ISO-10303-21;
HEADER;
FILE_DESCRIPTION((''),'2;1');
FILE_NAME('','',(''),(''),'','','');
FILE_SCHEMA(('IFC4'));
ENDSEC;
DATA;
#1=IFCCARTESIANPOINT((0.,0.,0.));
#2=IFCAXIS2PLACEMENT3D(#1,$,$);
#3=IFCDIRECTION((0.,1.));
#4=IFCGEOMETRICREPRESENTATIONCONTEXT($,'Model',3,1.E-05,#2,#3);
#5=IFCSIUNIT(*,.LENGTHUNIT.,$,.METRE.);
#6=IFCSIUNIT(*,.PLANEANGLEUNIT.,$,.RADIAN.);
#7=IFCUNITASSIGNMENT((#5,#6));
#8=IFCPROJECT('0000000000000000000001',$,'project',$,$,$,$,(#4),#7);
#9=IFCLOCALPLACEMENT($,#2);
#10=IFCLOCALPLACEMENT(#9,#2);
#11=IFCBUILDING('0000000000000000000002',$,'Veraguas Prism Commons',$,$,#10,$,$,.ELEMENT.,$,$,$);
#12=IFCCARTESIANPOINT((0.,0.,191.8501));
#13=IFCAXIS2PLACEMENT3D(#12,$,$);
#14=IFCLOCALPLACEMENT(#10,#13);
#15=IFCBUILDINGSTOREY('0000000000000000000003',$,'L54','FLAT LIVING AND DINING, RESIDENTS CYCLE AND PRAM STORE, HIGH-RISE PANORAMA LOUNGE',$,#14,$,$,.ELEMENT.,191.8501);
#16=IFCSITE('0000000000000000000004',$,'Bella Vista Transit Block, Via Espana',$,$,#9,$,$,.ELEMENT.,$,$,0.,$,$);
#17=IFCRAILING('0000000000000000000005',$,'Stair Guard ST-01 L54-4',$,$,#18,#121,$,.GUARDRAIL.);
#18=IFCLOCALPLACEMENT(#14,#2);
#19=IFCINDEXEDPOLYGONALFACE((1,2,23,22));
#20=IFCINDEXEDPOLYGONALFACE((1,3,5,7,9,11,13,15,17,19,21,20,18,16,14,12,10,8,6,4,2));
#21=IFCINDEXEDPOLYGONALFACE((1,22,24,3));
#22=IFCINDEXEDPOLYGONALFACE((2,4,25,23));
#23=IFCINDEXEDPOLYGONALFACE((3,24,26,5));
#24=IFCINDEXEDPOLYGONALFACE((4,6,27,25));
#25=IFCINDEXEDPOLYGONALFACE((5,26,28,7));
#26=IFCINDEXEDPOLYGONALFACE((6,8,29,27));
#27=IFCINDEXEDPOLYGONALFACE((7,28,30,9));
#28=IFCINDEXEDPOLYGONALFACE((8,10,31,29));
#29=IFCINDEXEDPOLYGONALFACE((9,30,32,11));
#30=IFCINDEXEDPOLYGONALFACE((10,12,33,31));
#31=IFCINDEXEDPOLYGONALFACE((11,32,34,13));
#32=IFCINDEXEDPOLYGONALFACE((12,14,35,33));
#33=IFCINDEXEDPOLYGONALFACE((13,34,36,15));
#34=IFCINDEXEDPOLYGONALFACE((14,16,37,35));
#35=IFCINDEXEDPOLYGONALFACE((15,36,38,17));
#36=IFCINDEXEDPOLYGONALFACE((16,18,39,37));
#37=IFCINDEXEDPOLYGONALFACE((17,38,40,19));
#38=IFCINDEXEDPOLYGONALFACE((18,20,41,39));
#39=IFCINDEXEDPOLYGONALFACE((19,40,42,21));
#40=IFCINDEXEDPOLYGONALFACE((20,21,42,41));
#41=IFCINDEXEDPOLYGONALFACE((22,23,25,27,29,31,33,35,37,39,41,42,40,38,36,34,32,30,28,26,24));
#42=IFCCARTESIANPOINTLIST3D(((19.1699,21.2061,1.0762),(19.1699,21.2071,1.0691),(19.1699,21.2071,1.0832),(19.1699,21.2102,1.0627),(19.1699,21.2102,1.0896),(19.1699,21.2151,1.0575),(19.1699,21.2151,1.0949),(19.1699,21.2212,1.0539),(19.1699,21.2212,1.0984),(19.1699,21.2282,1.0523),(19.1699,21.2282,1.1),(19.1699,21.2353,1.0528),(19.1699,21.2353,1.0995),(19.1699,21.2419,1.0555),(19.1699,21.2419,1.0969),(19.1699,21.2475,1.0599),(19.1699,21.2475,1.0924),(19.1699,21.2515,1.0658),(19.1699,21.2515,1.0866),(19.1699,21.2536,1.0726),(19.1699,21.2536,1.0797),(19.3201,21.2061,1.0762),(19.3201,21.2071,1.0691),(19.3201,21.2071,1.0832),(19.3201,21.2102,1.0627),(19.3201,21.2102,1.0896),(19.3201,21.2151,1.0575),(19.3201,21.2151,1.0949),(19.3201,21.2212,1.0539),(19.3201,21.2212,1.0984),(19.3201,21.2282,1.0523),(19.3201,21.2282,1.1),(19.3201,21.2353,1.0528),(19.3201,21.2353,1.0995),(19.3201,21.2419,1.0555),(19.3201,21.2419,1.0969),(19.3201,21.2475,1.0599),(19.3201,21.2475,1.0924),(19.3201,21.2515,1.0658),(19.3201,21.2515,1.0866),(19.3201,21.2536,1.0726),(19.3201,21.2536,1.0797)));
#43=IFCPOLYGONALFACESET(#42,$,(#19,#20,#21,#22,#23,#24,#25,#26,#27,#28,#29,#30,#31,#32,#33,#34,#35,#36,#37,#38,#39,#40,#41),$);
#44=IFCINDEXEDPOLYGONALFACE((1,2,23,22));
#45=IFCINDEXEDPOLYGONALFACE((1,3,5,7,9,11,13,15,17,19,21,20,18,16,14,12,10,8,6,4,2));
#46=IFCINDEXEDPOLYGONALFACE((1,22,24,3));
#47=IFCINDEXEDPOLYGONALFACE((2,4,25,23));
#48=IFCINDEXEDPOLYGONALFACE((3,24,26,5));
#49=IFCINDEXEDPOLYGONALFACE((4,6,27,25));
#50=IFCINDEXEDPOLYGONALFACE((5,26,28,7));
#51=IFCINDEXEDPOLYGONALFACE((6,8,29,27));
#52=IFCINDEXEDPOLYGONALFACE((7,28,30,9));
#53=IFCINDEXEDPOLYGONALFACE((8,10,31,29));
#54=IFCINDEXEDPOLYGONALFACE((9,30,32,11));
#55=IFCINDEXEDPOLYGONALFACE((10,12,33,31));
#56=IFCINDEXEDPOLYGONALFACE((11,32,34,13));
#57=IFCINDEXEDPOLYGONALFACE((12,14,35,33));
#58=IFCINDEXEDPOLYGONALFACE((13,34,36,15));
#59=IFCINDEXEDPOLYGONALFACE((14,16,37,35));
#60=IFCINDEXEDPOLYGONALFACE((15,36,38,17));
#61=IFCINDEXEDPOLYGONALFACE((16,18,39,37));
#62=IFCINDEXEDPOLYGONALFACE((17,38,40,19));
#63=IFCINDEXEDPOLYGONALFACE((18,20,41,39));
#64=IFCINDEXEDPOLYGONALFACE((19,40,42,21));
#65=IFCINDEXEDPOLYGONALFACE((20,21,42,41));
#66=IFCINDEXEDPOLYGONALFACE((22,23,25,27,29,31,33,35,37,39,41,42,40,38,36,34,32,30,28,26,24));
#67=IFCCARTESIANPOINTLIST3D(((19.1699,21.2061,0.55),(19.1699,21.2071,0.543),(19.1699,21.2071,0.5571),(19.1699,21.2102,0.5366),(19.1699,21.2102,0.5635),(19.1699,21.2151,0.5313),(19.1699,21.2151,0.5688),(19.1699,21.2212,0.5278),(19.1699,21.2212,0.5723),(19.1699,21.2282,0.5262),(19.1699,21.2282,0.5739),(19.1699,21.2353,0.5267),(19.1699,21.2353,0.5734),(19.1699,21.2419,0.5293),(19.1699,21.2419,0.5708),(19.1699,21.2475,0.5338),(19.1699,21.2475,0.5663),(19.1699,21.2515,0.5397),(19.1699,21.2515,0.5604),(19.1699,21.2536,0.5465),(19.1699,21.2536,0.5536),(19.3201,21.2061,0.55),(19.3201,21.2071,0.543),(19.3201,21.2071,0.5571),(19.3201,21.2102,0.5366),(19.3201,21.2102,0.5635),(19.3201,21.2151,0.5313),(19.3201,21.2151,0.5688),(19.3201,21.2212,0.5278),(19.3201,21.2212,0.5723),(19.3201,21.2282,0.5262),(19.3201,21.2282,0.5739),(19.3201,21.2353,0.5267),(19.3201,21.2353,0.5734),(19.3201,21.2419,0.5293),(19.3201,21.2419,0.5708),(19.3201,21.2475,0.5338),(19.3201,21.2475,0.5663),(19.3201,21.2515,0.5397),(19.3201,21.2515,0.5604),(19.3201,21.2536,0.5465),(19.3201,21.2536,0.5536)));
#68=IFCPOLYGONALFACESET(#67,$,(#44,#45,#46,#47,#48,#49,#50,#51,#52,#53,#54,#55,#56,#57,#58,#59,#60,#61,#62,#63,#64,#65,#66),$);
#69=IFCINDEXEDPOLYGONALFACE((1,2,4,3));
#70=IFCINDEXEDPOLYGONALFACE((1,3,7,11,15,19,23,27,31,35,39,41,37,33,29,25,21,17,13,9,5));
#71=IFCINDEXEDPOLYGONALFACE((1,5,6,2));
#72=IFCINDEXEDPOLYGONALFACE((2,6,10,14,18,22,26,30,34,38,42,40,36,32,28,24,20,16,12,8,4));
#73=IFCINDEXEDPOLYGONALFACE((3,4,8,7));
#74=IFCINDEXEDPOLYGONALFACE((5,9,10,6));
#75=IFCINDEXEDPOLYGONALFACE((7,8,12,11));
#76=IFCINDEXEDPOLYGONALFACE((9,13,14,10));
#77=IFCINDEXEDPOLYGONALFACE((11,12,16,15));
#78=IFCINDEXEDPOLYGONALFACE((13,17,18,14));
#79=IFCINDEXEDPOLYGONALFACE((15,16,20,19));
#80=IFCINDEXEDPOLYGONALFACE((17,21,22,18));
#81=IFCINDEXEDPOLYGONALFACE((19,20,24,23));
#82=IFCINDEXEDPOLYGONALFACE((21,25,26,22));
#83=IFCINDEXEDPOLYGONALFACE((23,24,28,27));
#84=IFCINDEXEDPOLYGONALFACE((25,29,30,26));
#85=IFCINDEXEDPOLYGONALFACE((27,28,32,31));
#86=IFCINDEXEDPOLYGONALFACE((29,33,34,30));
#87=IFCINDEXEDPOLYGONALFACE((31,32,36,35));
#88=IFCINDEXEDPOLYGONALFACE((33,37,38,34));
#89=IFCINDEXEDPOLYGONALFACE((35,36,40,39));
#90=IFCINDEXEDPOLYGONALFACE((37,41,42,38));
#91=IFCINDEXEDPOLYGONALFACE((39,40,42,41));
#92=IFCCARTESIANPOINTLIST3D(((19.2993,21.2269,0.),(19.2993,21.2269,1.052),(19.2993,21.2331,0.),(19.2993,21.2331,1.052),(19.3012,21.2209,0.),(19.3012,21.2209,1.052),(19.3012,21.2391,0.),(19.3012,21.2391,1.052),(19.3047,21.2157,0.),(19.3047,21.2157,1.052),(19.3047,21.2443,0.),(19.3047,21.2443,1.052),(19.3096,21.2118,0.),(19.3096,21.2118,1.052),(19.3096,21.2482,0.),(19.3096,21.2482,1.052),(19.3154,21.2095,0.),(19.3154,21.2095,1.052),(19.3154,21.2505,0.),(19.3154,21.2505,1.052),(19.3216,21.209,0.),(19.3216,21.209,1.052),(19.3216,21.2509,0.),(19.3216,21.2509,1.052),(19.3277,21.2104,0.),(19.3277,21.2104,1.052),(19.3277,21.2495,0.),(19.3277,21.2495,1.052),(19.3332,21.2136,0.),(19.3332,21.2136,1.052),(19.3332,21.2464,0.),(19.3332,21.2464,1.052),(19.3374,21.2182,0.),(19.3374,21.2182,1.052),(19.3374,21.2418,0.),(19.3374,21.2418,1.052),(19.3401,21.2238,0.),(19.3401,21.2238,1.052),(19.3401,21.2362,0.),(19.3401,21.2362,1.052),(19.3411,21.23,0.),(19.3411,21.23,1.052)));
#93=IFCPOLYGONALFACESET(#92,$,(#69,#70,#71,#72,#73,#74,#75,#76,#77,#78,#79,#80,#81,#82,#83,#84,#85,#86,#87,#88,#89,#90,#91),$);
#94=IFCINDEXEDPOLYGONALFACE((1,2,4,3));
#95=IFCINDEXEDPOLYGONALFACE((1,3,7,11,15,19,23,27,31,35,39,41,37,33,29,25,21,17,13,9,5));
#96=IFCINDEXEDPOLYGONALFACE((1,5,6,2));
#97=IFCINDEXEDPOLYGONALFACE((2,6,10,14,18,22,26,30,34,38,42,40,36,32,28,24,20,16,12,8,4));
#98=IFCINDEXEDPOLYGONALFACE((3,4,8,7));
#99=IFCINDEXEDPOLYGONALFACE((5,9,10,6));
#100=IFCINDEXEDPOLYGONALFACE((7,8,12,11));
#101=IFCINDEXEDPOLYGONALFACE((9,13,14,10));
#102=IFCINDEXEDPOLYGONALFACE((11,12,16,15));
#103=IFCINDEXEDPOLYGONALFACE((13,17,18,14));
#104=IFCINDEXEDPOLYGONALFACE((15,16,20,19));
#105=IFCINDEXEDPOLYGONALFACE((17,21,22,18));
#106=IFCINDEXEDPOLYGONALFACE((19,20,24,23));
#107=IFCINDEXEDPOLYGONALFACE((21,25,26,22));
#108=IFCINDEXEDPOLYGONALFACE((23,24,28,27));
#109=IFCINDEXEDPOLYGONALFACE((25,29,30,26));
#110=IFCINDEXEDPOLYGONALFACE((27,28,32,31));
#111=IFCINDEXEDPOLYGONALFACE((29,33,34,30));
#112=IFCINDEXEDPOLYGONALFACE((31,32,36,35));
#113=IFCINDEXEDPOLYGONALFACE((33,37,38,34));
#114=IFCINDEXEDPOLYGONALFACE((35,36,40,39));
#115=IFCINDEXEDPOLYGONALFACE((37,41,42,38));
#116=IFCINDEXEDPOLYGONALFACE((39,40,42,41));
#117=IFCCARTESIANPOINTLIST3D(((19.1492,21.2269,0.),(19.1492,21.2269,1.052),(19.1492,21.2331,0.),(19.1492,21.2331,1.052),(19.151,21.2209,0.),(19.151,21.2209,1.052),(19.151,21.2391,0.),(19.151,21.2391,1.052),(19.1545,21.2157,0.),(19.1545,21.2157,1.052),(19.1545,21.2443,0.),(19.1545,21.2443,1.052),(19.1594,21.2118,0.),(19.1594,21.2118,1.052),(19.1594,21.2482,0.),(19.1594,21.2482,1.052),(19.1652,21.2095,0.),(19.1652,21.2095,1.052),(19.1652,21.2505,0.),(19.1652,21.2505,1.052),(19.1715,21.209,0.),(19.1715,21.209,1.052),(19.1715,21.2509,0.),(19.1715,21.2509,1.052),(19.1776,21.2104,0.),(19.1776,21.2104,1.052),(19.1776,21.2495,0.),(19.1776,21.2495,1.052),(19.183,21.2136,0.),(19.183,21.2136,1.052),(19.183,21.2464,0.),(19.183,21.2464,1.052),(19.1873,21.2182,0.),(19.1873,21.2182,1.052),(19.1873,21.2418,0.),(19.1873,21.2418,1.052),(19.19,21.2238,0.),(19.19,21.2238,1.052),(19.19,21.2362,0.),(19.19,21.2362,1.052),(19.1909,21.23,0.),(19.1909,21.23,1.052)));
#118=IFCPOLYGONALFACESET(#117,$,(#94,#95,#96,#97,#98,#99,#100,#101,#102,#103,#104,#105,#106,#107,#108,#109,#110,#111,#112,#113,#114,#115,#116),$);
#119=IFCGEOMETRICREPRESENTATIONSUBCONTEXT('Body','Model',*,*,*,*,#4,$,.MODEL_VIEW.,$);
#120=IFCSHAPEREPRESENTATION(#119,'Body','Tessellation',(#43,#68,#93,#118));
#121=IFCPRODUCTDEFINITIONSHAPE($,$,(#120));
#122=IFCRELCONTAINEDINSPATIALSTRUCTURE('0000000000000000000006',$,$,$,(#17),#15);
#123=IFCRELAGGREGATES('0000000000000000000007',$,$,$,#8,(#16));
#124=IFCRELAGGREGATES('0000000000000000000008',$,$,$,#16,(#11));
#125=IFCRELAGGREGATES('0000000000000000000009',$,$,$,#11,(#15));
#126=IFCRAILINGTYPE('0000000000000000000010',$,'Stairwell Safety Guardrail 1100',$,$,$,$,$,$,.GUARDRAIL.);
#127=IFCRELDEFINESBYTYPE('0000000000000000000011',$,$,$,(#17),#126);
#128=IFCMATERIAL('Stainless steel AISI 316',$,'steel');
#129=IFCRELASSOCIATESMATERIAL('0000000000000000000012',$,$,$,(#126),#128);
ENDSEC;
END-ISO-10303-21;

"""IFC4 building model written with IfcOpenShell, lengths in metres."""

from ifc_helpers import new_model, si_unit, direction, frame, origin, origin_2d, place, context, subcontext, project, spatial, circle, extrude, material, type_object, element, save


model = new_model("IFC4")

# Units and contexts
model_context = context("Model", 3, precision=1e-05, world=origin(), true_north=direction((0.0, 1.0)))
body_context = subcontext(model_context, "Body", "Model", "MODEL_VIEW")
ifc_project = project(units=[si_unit("LENGTHUNIT", "METRE"), si_unit("PLANEANGLEUNIT", "RADIAN")], contexts=[model_context])

# Site, building, storey
site_placement = place(None, origin())
site = spatial("IfcSite", under=ifc_project, at=site_placement, Name="Bella Vista Transit Block, Via Espana", CompositionType="ELEMENT", RefElevation=0.0)
building_placement = place(site_placement, origin())
building = spatial("IfcBuilding", under=site, at=building_placement, Name="Veraguas Prism Commons", CompositionType="ELEMENT")
storey_placement = place(building_placement, frame((0.0, 0.0, 191.8501)))
storey = spatial("IfcBuildingStorey", under=building, at=storey_placement, Name="L54", Description="FLAT LIVING AND DINING, RESIDENTS CYCLE AND PRAM STORE, HIGH-RISE PANORAMA LOUNGE", CompositionType="ELEMENT", Elevation=191.8501)

# Railing
ifc_material_1 = material(Name="Stainless steel AISI 316", Category="steel")
railing_type = type_object("IfcRailingType", Name="Stairwell Safety Guardrail 1100", PredefinedType="GUARDRAIL", material=ifc_material_1)
railing_1_placement = place(storey_placement, frame((19.3201, 21.23, 0.0)))
element("IfcRailing", 1, at=railing_1_placement, inside=storey, type_object=railing_type, Name="Stair Guard ST-01 L54-4", PredefinedType="GUARDRAIL", context=body_context, shape_type="SweptSolid", body=[
    extrude(circle(Radius=0.0239, at=origin_2d()), frame((0.0, 0.0, 1.0762), z_axis=(-1.0, 0.0, 0.0), x_axis=(0.0, -1.0, 0.0)), (0.0, 0.0, 1.0), 0.1501),
    extrude(circle(Radius=0.0239, at=origin_2d()), frame((0.0, 0.0, 0.55), z_axis=(-1.0, 0.0, 0.0), x_axis=(0.0, -1.0, 0.0)), (0.0, 0.0, 1.0), 0.1501),
    extrude(circle(Radius=0.021, at=origin_2d()), origin(), (0.0, 0.0, 1.0), 1.052),
    extrude(circle(Radius=0.021, at=origin_2d()), frame((-0.1501, 0.0, 0.0)), (0.0, 0.0, 1.0), 1.052),
])

save(model, "model.ifc")
